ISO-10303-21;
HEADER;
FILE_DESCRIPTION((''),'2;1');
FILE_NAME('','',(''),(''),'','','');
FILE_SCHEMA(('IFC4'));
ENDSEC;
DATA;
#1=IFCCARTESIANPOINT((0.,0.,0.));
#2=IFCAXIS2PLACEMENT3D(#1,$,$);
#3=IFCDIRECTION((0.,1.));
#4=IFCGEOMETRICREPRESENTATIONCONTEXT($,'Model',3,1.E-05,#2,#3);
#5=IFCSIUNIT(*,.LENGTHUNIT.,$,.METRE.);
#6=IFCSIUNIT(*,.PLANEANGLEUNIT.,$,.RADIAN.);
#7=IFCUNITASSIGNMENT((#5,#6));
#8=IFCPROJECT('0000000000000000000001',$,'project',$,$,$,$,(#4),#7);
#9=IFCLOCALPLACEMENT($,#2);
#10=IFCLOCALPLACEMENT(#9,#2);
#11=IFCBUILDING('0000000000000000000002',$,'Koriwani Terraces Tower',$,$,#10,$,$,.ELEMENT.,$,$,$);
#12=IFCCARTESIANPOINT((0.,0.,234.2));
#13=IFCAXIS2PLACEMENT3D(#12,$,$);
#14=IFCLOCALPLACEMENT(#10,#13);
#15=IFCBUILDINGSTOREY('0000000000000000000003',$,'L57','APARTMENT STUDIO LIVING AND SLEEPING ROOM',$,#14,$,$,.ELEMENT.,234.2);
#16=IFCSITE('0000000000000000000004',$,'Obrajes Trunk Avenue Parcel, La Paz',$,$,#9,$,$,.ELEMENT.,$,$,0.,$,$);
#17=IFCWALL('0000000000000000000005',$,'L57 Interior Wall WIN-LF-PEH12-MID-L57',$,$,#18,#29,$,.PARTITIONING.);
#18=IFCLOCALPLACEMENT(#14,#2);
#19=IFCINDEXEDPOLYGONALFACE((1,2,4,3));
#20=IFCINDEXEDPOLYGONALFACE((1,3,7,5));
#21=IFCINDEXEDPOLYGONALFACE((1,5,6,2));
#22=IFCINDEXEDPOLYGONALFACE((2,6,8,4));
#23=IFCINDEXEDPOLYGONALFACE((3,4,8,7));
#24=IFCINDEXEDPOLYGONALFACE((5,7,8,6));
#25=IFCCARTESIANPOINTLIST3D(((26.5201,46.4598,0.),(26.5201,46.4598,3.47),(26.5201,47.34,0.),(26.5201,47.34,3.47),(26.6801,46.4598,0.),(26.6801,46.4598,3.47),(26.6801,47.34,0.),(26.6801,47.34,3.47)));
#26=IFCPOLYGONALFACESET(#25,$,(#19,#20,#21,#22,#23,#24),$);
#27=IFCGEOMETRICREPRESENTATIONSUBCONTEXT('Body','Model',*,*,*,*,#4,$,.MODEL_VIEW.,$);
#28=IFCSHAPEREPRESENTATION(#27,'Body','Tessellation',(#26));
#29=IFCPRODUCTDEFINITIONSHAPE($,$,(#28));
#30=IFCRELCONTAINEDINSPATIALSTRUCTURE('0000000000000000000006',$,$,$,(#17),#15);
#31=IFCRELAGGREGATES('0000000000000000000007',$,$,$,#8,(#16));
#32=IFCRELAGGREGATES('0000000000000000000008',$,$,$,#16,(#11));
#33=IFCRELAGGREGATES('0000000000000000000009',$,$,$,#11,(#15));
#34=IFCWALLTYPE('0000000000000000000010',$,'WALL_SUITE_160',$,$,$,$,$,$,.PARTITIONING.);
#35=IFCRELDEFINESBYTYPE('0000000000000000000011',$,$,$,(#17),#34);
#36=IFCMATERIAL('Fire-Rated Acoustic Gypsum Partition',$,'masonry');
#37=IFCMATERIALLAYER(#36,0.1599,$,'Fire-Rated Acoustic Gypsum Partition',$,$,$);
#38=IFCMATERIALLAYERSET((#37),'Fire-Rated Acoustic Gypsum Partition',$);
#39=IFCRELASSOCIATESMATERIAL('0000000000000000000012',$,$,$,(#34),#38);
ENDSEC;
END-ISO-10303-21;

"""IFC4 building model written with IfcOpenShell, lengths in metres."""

from ifc_helpers import new_model, si_unit, direction, frame, frame_2d, origin, place, context, subcontext, project, spatial, rectangle, extrude, material, layer, layer_set, type_object, element, save


model = new_model("IFC4")

# Units and contexts
model_context = context("Model", 3, precision=1e-05, world=origin(), true_north=direction((0.0, 1.0)))
body_context = subcontext(model_context, "Body", "Model", "MODEL_VIEW")
ifc_project = project(units=[si_unit("LENGTHUNIT", "METRE"), si_unit("PLANEANGLEUNIT", "RADIAN")], contexts=[model_context])

# Site, building, storey
site_placement = place(None, origin())
site = spatial("IfcSite", under=ifc_project, at=site_placement, Name="Obrajes Trunk Avenue Parcel, La Paz", CompositionType="ELEMENT", RefElevation=0.0)
building_placement = place(site_placement, origin())
building = spatial("IfcBuilding", under=site, at=building_placement, Name="Koriwani Terraces Tower", CompositionType="ELEMENT")
storey_placement = place(building_placement, frame((0.0, 0.0, 234.2)))
storey = spatial("IfcBuildingStorey", under=building, at=storey_placement, Name="L57", Description="APARTMENT STUDIO LIVING AND SLEEPING ROOM", CompositionType="ELEMENT", Elevation=234.2)

# Shared definitions
ifc_material_1 = material(Name="Fire-Rated Acoustic Gypsum Partition", Category="masonry")

# Wall
ifc_layer_1 = layer(ifc_material_1, 0.1599, Name="Fire-Rated Acoustic Gypsum Partition")
ifc_layer_set_1 = layer_set([ifc_layer_1], Name="Fire-Rated Acoustic Gypsum Partition")
wall_type_1 = type_object("IfcWallType", Name="WALL_SUITE_160", PredefinedType="PARTITIONING", material=ifc_layer_set_1)
wall_1_placement = place(storey_placement, frame((26.6001, 46.46, 0.0), z_axis=(0.0, 0.0, 1.0), x_axis=(0.0, 1.0, 0.0)))
element("IfcWall", 1, at=wall_1_placement, inside=storey, type_object=wall_type_1, Name="L57 Interior Wall WIN-LF-PEH12-MID-L57", PredefinedType="PARTITIONING", context=body_context, shape_type="SweptSolid", body=[
    extrude(rectangle(XDim=0.8801, YDim=0.1599, at=frame_2d((0.4399, 0.0))), origin(), (0.0, 0.0, 1.0), 3.47),
])

save(model, "model.ifc")
